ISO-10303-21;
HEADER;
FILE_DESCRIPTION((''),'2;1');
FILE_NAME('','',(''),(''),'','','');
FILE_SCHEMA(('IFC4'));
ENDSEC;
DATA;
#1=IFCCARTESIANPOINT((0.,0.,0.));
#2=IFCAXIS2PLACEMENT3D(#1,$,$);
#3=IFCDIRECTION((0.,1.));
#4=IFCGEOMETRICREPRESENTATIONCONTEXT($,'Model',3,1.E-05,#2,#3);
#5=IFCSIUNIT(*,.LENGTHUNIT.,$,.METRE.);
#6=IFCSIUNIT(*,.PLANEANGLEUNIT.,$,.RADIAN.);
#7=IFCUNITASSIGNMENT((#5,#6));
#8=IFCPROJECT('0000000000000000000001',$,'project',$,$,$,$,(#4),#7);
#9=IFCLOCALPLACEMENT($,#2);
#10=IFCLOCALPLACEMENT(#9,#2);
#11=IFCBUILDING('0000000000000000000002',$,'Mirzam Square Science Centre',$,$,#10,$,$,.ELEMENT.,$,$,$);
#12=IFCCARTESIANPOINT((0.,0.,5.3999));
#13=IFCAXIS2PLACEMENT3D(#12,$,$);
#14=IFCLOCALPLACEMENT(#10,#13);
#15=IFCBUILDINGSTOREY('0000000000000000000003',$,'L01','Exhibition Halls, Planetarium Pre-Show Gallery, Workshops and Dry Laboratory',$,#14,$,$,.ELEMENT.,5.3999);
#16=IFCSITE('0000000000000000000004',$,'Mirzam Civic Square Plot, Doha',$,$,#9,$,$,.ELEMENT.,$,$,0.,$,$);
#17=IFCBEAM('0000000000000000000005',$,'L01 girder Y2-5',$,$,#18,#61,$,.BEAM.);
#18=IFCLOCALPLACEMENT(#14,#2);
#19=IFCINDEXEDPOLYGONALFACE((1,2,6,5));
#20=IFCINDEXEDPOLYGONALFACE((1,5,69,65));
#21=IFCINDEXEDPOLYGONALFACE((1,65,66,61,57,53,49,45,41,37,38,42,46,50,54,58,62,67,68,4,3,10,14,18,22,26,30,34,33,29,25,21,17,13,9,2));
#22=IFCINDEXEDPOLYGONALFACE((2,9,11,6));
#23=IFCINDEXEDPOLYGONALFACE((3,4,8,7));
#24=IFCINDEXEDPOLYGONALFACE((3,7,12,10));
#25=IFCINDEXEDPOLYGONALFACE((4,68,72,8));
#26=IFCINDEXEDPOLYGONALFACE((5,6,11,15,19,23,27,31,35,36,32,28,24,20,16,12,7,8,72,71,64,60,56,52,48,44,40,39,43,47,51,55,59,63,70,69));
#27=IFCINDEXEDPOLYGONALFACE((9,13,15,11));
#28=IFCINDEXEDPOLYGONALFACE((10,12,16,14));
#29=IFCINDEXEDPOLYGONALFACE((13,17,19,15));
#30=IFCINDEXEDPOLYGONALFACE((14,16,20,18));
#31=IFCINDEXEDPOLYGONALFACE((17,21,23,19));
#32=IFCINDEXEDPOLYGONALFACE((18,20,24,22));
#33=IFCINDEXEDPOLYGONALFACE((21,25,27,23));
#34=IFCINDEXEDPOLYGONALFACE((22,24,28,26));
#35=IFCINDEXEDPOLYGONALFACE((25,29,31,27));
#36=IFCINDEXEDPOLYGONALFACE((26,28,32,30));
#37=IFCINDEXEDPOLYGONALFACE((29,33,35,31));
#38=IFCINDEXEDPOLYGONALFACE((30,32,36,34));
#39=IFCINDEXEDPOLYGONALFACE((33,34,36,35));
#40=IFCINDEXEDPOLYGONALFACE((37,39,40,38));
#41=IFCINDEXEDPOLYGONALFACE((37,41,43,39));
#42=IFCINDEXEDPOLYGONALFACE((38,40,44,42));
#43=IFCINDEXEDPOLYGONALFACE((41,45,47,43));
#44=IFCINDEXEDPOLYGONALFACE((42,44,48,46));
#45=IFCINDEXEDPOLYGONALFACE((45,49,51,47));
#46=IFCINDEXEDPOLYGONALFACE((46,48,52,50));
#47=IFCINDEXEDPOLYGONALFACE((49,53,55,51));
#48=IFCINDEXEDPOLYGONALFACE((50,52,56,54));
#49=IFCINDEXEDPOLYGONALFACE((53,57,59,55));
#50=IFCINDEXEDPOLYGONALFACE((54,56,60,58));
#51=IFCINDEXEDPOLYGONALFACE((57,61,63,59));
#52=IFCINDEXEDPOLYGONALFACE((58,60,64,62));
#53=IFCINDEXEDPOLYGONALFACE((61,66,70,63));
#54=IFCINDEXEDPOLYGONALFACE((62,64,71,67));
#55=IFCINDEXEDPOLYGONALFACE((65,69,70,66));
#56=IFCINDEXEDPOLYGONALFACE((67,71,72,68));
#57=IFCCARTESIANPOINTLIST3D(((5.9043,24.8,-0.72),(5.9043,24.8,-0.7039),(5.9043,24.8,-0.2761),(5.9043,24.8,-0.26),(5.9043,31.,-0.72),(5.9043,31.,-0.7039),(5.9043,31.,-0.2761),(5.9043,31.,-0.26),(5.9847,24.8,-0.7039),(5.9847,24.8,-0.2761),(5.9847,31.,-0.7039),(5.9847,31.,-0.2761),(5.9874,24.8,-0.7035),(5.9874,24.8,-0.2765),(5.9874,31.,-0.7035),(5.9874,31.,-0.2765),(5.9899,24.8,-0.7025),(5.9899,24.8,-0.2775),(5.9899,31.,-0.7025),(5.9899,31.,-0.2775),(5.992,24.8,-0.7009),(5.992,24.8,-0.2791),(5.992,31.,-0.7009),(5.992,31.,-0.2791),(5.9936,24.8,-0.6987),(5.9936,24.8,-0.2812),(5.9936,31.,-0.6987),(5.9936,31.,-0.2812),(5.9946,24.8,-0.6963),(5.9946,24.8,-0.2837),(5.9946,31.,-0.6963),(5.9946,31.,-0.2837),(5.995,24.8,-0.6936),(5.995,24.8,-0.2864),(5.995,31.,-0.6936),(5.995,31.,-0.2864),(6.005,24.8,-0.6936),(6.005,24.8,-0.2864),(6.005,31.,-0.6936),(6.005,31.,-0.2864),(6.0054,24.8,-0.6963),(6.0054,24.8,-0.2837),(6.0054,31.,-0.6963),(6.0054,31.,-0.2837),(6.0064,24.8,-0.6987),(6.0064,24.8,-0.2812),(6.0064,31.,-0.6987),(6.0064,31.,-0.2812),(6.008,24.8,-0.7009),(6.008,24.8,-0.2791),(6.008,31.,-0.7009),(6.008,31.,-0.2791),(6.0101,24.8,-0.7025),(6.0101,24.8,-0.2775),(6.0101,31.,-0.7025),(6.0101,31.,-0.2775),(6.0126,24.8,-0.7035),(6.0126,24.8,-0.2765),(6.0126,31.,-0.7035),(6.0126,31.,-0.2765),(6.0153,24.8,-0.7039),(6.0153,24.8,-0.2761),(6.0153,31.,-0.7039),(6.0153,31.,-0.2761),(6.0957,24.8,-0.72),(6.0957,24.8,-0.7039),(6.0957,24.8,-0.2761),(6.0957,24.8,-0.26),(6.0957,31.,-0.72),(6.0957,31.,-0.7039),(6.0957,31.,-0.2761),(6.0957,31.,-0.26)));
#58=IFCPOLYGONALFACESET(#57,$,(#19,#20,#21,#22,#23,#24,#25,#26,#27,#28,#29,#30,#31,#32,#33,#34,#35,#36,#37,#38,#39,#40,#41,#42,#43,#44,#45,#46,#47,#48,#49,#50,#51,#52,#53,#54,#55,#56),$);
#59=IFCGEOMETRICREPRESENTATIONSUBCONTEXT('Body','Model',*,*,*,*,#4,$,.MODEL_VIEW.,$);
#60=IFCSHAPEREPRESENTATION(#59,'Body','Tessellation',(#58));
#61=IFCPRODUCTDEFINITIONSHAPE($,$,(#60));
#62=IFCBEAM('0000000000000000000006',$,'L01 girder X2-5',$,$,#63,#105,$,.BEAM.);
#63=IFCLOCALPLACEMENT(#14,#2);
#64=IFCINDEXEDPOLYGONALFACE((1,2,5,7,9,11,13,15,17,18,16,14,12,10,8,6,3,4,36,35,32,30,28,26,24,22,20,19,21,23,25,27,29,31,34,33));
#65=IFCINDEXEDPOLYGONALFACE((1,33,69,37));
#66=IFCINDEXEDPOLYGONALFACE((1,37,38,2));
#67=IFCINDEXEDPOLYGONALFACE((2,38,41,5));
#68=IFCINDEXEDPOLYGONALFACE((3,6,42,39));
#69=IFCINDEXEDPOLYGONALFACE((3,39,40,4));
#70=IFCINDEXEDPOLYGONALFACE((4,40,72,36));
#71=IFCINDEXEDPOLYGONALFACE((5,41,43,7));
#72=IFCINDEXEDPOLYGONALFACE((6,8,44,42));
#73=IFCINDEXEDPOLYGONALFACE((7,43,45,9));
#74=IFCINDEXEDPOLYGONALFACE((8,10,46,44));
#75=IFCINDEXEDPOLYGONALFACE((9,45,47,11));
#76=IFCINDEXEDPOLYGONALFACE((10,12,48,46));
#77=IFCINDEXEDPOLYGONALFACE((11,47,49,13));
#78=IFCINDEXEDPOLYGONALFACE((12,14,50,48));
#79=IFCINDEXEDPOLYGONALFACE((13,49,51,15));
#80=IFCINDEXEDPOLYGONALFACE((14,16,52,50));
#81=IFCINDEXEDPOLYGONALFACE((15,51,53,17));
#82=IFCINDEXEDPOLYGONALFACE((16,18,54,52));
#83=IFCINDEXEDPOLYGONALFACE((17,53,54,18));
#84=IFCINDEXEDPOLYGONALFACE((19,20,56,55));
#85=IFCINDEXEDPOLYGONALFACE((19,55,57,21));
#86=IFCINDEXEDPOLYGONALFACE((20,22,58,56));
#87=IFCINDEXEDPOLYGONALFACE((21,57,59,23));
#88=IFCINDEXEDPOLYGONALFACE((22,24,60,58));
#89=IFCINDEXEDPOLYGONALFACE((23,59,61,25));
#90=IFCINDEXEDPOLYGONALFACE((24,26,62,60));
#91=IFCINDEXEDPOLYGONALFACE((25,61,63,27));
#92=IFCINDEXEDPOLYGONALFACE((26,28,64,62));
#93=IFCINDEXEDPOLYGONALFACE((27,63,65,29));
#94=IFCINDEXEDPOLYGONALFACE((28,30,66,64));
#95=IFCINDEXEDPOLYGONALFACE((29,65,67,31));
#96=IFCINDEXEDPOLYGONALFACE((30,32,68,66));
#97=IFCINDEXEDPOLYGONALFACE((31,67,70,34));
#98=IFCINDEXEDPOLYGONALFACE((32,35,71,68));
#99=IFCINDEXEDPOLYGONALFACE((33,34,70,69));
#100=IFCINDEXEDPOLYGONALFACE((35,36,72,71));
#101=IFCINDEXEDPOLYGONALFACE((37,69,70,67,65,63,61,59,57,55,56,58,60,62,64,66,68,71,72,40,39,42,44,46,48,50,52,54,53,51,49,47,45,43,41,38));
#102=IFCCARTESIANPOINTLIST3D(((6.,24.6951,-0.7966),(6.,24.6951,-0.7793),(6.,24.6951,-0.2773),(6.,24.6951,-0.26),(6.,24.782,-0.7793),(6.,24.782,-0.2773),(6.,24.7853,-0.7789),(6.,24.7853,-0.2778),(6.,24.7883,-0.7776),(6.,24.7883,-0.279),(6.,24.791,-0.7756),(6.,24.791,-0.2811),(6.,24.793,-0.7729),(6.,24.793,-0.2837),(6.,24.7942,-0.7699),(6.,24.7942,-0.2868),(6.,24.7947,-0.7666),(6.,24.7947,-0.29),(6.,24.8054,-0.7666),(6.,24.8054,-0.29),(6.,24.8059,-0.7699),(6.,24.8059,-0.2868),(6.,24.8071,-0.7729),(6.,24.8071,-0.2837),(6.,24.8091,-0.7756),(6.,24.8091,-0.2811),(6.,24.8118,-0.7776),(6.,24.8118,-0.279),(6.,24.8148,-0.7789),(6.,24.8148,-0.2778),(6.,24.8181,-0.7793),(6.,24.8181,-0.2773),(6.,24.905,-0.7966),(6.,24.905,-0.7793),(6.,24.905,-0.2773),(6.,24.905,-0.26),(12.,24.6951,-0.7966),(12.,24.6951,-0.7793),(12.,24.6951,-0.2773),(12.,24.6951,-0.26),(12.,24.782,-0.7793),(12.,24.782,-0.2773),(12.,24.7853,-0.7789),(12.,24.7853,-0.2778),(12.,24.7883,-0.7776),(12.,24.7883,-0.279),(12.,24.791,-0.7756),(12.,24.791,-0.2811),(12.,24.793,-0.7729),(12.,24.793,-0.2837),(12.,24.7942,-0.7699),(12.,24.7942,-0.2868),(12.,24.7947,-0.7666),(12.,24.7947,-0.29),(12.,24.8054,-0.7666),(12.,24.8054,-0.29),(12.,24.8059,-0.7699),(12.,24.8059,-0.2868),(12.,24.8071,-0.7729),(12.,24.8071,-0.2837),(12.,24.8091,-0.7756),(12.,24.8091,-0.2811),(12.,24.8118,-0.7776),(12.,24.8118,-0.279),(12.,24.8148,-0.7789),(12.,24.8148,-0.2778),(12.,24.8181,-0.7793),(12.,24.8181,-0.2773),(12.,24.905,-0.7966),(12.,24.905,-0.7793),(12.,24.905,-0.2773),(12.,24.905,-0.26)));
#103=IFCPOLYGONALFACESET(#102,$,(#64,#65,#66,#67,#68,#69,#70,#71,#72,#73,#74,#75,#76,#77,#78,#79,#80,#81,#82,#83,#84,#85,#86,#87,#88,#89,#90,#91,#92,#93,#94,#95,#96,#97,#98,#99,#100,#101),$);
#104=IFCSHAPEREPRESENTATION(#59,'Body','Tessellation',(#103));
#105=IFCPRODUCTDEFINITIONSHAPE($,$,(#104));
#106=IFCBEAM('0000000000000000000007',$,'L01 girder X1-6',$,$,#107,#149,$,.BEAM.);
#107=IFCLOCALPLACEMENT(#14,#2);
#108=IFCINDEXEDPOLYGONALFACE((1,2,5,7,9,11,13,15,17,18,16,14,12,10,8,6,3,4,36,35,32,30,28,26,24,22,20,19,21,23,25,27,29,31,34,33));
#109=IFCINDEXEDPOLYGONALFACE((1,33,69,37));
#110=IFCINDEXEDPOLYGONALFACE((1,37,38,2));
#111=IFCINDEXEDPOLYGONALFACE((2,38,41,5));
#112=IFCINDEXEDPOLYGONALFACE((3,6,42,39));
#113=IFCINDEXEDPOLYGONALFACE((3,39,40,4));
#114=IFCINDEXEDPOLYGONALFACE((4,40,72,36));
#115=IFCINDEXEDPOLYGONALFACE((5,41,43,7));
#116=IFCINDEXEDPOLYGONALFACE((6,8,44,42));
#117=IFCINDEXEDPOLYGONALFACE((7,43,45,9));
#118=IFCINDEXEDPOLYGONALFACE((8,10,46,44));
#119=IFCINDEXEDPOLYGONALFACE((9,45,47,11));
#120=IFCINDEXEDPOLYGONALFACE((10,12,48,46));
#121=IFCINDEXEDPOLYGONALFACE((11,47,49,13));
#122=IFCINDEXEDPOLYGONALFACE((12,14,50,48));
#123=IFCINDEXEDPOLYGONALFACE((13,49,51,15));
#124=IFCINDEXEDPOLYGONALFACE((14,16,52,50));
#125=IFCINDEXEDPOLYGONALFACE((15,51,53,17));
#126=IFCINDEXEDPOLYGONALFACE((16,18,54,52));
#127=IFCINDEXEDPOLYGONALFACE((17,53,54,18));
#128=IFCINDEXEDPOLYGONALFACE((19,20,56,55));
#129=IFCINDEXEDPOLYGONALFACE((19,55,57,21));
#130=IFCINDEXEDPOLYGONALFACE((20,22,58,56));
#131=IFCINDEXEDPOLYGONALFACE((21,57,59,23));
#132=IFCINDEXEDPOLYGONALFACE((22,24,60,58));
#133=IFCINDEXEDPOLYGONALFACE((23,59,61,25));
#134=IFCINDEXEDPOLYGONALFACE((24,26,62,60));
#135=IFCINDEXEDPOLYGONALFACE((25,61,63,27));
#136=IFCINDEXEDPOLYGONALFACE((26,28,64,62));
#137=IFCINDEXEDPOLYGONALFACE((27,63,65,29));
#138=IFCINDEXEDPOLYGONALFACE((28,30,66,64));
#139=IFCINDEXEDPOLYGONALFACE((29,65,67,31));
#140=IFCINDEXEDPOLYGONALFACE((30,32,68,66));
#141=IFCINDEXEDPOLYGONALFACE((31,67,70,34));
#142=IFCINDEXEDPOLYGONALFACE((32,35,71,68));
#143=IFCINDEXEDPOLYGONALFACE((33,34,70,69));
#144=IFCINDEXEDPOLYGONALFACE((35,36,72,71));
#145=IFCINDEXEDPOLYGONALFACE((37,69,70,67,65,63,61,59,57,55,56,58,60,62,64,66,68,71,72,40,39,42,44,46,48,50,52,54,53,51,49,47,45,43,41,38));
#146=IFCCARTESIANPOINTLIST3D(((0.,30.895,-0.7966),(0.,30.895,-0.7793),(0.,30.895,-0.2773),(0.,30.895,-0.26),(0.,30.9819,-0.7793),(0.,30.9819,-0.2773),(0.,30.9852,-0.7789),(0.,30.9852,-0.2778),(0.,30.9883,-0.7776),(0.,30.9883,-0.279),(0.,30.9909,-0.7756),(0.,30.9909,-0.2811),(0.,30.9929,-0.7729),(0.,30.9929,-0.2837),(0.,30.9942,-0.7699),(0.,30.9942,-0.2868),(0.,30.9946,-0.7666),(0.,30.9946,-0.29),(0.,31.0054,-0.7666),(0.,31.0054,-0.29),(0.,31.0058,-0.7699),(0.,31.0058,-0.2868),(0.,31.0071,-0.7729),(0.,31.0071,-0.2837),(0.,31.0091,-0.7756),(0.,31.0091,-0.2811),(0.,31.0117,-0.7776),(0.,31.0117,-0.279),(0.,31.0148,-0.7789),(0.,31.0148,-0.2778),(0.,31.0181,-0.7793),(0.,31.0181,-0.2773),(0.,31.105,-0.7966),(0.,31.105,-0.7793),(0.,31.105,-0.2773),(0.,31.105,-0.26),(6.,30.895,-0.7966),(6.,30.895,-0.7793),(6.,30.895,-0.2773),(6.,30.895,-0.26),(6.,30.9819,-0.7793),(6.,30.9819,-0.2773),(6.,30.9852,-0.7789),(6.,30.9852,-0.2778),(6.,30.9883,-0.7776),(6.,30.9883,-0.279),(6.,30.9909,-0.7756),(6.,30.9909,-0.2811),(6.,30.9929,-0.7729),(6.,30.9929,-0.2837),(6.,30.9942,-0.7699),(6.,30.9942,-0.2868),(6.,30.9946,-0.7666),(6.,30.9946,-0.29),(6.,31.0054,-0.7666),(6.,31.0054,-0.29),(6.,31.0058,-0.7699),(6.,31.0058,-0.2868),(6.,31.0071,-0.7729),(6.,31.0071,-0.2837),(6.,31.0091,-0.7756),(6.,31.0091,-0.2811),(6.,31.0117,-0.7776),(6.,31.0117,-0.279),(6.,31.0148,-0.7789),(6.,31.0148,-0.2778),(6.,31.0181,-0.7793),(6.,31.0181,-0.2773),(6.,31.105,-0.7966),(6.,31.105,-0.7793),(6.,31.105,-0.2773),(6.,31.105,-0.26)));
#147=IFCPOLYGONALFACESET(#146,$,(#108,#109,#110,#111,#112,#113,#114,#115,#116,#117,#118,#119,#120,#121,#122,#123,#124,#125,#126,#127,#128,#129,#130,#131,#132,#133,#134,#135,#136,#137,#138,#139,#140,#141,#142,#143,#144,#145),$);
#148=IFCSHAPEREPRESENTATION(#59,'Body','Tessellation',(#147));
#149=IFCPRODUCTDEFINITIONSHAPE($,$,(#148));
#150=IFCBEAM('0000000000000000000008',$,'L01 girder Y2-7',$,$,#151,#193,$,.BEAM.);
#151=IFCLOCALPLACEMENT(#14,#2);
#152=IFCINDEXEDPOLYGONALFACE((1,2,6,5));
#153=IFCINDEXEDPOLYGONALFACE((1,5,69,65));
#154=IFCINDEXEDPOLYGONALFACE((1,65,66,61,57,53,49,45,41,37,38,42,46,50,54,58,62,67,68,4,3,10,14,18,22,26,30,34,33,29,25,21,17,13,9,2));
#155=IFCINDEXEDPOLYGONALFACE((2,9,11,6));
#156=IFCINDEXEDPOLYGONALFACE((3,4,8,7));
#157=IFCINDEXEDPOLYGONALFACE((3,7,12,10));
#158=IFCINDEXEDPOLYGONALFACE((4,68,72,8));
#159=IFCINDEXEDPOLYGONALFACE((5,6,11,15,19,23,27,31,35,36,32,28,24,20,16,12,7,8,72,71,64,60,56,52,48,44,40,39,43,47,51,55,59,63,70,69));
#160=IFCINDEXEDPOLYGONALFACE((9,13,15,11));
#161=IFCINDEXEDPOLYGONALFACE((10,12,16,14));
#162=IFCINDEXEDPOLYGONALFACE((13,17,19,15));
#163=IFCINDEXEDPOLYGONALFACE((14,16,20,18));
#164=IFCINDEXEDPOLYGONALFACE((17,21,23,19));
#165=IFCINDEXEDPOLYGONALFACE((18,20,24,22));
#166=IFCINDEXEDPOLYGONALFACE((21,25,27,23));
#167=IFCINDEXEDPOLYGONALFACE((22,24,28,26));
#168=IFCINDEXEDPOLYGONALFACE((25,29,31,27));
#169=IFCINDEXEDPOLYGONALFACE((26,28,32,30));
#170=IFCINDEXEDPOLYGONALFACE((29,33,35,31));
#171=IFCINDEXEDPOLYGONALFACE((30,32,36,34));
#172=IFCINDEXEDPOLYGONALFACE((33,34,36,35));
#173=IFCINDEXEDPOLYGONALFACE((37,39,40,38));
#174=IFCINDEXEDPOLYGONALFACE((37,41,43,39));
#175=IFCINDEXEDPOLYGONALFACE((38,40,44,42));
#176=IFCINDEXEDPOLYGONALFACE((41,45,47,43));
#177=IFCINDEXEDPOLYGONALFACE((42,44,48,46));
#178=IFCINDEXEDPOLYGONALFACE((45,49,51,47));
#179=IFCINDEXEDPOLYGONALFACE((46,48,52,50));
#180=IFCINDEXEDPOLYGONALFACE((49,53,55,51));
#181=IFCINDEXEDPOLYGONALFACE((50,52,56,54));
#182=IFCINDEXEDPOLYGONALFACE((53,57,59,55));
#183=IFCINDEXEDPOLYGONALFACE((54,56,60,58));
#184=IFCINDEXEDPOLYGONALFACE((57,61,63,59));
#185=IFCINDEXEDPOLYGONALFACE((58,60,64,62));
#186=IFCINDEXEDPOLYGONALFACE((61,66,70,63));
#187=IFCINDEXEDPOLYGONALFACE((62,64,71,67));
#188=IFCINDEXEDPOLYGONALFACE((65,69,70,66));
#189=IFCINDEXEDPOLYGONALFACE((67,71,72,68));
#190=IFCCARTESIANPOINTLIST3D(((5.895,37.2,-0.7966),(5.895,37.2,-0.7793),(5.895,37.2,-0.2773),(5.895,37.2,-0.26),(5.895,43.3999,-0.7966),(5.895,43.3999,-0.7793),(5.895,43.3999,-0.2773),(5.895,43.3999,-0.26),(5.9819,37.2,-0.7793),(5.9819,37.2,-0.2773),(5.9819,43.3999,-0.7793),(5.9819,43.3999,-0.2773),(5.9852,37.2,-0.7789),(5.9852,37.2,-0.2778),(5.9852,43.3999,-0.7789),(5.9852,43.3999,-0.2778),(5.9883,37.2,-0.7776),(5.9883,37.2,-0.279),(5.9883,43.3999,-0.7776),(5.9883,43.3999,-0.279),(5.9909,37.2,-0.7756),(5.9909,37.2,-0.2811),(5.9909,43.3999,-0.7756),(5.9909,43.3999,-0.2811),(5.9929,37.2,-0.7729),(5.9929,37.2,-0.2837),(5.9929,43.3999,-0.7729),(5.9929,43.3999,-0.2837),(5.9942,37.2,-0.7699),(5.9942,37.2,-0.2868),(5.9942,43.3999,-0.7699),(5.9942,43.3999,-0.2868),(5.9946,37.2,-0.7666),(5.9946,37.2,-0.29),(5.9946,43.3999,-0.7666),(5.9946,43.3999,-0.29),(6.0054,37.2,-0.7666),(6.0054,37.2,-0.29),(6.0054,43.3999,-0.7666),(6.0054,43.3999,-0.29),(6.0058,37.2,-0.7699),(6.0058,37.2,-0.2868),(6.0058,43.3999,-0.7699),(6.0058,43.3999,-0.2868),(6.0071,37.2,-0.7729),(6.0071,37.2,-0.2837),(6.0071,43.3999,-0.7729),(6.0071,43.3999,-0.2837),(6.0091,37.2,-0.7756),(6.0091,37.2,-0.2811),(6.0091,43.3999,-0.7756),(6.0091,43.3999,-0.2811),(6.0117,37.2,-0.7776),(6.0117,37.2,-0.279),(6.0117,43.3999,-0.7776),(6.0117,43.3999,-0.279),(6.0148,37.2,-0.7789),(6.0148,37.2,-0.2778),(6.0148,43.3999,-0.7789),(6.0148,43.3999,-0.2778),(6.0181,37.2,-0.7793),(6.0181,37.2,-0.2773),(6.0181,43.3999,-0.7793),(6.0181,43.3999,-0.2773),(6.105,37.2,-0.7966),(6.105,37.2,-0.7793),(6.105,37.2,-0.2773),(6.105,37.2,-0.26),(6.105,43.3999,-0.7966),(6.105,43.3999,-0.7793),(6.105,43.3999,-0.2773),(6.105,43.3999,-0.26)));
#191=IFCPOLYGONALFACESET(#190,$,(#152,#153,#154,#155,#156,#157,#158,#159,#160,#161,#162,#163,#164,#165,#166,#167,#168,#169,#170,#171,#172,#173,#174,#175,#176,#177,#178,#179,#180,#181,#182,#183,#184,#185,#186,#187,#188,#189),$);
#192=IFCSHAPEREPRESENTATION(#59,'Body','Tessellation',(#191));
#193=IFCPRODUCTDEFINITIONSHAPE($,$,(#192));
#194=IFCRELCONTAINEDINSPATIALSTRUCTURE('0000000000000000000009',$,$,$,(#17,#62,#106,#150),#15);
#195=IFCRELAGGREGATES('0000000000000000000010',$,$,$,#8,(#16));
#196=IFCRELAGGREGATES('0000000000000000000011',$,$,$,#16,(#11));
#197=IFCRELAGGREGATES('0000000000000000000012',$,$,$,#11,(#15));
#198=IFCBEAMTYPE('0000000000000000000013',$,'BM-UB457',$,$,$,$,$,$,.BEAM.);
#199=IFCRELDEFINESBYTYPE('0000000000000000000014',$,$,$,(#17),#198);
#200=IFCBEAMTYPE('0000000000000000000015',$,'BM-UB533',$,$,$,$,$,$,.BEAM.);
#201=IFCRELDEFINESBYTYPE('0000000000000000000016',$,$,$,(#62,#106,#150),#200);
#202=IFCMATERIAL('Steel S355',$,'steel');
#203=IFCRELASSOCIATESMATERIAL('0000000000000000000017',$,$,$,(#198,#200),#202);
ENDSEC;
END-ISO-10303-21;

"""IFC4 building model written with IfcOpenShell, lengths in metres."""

from ifc_helpers import new_model, si_unit, direction, frame, origin, origin_2d, place, context, subcontext, project, spatial, i_section, extrude, material, material_profile, profile_set, type_object, element, save


model = new_model("IFC4")

# Units and contexts
model_context = context("Model", 3, precision=1e-05, world=origin(), true_north=direction((0.0, 1.0)))
body_context = subcontext(model_context, "Body", "Model", "MODEL_VIEW")
ifc_project = project(units=[si_unit("LENGTHUNIT", "METRE"), si_unit("PLANEANGLEUNIT", "RADIAN")], contexts=[model_context])

# Site, building, storey
site_placement = place(None, origin())
site = spatial("IfcSite", under=ifc_project, at=site_placement, Name="Mirzam Civic Square Plot, Doha", CompositionType="ELEMENT", RefElevation=0.0)
building_placement = place(site_placement, origin())
building = spatial("IfcBuilding", under=site, at=building_placement, Name="Mirzam Square Science Centre", CompositionType="ELEMENT")
storey_placement = place(building_placement, frame((0.0, 0.0, 5.3999)))
storey = spatial("IfcBuildingStorey", under=building, at=storey_placement, Name="L01", Description="Exhibition Halls, Planetarium Pre-Show Gallery, Workshops and Dry Laboratory", CompositionType="ELEMENT", Elevation=5.3999)

# Shared definitions
ifc_material_1 = material(Name="Steel S355", Category="steel")

# Beams
ifc_material_profile_1 = material_profile(ifc_material_1, i_section(OverallWidth=0.1914, OverallDepth=0.46, WebThickness=0.01, FlangeThickness=0.0161, FilletRadius=0.0103, at=origin_2d()), Name="457x191x82UB")
ifc_profile_set_1 = profile_set([ifc_material_profile_1], Name="Steel S355")
beam_type_1 = type_object("IfcBeamType", Name="BM-UB457", PredefinedType="BEAM", material=ifc_profile_set_1)
beam_1_placement = place(storey_placement, frame((6.0, 24.8, -0.49), z_axis=(0.0, 1.0, 0.0), x_axis=(-1.0, 0.0, 0.0)))
element("IfcBeam", 1, at=beam_1_placement, inside=storey, type_object=beam_type_1, Name="L01 girder Y2-5", PredefinedType="BEAM", context=body_context, shape_type="SweptSolid", body=[
    extrude(i_section(OverallWidth=0.1914, OverallDepth=0.46, WebThickness=0.01, FlangeThickness=0.0161, FilletRadius=0.0103, at=origin_2d()), origin(), (0.0, 0.0, 1.0), 6.2),
])
ifc_material_profile_2 = material_profile(ifc_material_1, i_section(OverallWidth=0.21, OverallDepth=0.5366, WebThickness=0.0107, FlangeThickness=0.0173, FilletRadius=0.0127, at=origin_2d()), Name="533x210x101UB")
ifc_profile_set_2 = profile_set([ifc_material_profile_2], Name="Steel S355")
beam_type_2 = type_object("IfcBeamType", Name="BM-UB533", PredefinedType="BEAM", material=ifc_profile_set_2)
for number, where, z_axis, x_axis, name in (
    (2, (6.0, 24.8, -0.5283), (1.0, 0.0, 0.0), (0.0, 1.0, 0.0), "L01 girder X2-5"),
    (3, (0.0, 31.0, -0.5283), (1.0, 0.0, 0.0), (0.0, 1.0, 0.0), "L01 girder X1-6"),
):
    element("IfcBeam", number, at=place(storey_placement, frame(where, z_axis=z_axis, x_axis=x_axis)), inside=storey, type_object=beam_type_2, Name=name, PredefinedType="BEAM", context=body_context, shape_type="SweptSolid", body=[
        extrude(i_section(OverallWidth=0.21, OverallDepth=0.5366, WebThickness=0.0107, FlangeThickness=0.0173, FilletRadius=0.0127, at=origin_2d()), origin(), (0.0, 0.0, 1.0), 6.0),
    ])
beam_2_placement = place(storey_placement, frame((6.0, 37.2, -0.5283), z_axis=(0.0, 1.0, 0.0), x_axis=(-1.0, 0.0, 0.0)))
element("IfcBeam", 4, at=beam_2_placement, inside=storey, type_object=beam_type_2, Name="L01 girder Y2-7", PredefinedType="BEAM", context=body_context, shape_type="SweptSolid", body=[
    extrude(i_section(OverallWidth=0.21, OverallDepth=0.5366, WebThickness=0.0107, FlangeThickness=0.0173, FilletRadius=0.0127, at=origin_2d()), origin(), (0.0, 0.0, 1.0), 6.2),
])

save(model, "model.ifc")
